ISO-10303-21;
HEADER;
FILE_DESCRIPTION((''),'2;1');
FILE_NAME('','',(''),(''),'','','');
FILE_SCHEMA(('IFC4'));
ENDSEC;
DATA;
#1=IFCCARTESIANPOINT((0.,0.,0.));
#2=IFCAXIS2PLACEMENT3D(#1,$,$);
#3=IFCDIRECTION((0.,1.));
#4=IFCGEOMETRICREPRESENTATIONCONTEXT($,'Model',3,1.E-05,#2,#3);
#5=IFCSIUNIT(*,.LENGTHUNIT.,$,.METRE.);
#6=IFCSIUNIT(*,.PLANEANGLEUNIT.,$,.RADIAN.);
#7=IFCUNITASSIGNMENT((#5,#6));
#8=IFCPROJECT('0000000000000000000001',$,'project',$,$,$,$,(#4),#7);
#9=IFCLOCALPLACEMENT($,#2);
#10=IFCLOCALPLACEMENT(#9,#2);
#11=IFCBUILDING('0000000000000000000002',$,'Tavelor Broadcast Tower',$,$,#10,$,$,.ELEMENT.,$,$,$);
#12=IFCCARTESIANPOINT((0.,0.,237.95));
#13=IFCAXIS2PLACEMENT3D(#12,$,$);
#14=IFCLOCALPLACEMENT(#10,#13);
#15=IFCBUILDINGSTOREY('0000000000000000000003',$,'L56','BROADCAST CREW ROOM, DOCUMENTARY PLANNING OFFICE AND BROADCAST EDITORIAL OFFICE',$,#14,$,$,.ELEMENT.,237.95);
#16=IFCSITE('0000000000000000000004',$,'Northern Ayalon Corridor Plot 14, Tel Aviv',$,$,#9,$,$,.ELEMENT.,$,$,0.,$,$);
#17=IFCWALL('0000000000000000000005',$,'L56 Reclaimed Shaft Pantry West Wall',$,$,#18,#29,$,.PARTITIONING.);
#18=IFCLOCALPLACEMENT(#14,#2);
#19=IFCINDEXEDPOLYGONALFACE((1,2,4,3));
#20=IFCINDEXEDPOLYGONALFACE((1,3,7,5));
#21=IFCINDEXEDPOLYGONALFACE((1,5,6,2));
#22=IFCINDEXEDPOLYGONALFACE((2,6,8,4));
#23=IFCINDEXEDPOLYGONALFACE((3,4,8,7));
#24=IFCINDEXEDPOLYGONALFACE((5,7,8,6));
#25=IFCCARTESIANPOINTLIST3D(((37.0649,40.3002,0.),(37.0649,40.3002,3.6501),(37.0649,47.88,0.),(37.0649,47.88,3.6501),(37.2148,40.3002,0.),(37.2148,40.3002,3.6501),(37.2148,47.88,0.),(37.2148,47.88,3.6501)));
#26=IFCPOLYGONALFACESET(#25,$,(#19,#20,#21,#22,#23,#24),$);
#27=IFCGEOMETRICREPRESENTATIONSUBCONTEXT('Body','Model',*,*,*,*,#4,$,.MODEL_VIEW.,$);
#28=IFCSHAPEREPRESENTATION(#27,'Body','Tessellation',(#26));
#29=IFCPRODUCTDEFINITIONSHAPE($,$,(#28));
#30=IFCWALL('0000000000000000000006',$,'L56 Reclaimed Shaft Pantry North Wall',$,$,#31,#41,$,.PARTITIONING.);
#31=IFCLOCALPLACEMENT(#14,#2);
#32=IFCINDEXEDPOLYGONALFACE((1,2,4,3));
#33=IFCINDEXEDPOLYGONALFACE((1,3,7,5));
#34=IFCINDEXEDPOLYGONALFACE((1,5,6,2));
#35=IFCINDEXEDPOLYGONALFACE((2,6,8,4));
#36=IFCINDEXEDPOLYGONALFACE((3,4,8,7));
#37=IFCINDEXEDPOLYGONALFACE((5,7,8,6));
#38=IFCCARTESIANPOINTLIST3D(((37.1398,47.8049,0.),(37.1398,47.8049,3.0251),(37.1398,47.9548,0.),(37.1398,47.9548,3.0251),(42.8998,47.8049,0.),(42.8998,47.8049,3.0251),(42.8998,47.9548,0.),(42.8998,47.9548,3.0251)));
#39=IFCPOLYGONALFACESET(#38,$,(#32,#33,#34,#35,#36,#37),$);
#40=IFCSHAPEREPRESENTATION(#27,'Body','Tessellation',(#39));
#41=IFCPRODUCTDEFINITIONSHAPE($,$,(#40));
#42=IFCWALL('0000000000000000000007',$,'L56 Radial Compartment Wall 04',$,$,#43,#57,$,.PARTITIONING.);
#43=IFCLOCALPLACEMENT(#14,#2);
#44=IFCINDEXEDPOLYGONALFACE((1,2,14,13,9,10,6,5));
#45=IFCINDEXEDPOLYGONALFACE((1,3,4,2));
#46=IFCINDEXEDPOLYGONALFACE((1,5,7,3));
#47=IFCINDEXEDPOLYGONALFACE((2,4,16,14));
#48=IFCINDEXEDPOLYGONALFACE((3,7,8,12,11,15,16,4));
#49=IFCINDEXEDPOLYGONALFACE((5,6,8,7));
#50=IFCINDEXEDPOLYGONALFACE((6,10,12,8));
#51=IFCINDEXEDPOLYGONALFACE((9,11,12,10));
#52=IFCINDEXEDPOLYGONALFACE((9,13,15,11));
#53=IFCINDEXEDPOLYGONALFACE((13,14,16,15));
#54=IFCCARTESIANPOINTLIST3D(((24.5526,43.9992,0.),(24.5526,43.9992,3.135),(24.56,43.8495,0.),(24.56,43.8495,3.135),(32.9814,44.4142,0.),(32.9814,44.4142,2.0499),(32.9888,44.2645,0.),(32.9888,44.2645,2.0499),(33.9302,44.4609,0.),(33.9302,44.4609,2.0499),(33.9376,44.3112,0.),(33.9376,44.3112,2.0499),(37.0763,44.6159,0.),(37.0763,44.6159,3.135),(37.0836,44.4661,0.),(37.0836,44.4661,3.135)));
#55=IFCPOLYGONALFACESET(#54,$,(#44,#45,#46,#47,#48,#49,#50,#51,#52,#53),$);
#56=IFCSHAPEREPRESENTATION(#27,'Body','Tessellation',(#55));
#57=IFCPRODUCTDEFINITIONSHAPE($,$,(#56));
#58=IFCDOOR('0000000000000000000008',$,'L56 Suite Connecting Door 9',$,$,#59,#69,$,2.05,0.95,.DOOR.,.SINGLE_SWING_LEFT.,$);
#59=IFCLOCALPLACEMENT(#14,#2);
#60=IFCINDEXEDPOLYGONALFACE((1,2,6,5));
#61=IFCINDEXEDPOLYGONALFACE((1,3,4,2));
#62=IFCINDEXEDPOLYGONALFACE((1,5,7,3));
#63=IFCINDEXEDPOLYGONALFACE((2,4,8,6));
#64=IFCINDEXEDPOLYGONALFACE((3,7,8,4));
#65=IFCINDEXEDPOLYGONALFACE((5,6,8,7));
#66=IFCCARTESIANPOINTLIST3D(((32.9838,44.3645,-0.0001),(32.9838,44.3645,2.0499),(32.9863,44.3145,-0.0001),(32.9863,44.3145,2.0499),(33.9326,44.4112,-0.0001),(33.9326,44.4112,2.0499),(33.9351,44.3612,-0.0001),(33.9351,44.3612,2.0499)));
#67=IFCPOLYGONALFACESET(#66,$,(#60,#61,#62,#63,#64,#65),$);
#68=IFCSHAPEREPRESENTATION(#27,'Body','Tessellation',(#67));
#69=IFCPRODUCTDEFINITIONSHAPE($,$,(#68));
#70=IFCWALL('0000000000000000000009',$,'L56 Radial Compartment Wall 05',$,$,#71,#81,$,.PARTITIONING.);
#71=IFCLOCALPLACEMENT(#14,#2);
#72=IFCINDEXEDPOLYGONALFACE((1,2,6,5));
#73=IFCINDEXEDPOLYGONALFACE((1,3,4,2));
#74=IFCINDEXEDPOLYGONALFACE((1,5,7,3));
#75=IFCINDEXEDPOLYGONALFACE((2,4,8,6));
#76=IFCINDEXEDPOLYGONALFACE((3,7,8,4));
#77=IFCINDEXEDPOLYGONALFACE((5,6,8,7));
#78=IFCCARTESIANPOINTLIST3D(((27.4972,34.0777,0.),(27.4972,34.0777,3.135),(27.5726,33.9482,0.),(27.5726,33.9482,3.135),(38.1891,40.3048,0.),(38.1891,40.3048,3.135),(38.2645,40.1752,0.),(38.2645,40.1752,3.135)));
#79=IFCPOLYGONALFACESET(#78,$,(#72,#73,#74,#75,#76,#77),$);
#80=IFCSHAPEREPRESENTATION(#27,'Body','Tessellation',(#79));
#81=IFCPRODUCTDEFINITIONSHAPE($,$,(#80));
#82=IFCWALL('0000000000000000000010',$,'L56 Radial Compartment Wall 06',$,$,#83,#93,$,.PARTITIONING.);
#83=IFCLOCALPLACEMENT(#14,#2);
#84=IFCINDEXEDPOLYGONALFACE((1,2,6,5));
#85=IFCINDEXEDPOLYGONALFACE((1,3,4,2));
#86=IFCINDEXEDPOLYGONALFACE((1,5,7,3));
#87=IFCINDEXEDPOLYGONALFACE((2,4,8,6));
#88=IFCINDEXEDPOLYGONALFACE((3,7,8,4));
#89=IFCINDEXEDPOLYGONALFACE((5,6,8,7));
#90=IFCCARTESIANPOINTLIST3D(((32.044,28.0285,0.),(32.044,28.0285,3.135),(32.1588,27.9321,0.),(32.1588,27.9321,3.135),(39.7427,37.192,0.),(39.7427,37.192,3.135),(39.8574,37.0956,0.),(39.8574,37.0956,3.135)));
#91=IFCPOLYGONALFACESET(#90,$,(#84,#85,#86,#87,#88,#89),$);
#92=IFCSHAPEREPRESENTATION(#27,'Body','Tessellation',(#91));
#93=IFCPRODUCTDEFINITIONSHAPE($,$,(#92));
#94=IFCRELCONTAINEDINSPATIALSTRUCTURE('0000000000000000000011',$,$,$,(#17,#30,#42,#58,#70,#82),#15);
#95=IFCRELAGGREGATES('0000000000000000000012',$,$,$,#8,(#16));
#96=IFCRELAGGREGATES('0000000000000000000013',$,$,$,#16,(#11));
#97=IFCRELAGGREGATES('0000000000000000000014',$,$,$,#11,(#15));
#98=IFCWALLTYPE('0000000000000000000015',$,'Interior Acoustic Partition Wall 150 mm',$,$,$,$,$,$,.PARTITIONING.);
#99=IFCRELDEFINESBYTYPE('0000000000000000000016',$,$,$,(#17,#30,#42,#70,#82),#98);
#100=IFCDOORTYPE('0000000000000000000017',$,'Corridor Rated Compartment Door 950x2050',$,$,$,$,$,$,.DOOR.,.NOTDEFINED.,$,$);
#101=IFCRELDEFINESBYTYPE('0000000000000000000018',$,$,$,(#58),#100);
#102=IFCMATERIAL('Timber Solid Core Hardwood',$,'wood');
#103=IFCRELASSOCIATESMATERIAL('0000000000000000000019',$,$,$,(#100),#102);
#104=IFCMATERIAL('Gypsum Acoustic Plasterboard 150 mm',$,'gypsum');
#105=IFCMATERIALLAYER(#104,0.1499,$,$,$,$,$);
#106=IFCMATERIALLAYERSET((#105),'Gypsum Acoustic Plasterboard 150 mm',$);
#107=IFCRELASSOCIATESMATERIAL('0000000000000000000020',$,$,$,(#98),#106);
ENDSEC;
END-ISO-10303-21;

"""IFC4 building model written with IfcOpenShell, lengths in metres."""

from ifc_helpers import new_model, si_unit, direction, frame, frame_2d, origin, place, context, subcontext, project, spatial, rectangle, extrude, material, layer, layer_set, type_object, element, fill, save


model = new_model("IFC4")

# Units and contexts
model_context = context("Model", 3, precision=1e-05, world=origin(), true_north=direction((0.0, 1.0)))
body_context = subcontext(model_context, "Body", "Model", "MODEL_VIEW")
ifc_project = project(units=[si_unit("LENGTHUNIT", "METRE"), si_unit("PLANEANGLEUNIT", "RADIAN")], contexts=[model_context])

# Site, building, storey
site_placement = place(None, origin())
site = spatial("IfcSite", under=ifc_project, at=site_placement, Name="Northern Ayalon Corridor Plot 14, Tel Aviv", CompositionType="ELEMENT", RefElevation=0.0)
building_placement = place(site_placement, origin())
building = spatial("IfcBuilding", under=site, at=building_placement, Name="Tavelor Broadcast Tower", CompositionType="ELEMENT")
storey_placement = place(building_placement, frame((0.0, 0.0, 237.95)))
storey = spatial("IfcBuildingStorey", under=building, at=storey_placement, Name="L56", Description="BROADCAST CREW ROOM, DOCUMENTARY PLANNING OFFICE AND BROADCAST EDITORIAL OFFICE", CompositionType="ELEMENT", Elevation=237.95)

# Shared definitions
ifc_material_1 = material(Name="Timber Solid Core Hardwood", Category="wood")
door_type_1 = type_object("IfcDoorType", Name="Corridor Rated Compartment Door 950x2050", OperationType="NOTDEFINED", PredefinedType="DOOR", material=ifc_material_1)
ifc_material_2 = material(Name="Gypsum Acoustic Plasterboard 150 mm", Category="gypsum")
ifc_layer_1 = layer(ifc_material_2, 0.1499)
ifc_layer_set_1 = layer_set([ifc_layer_1], Name="Gypsum Acoustic Plasterboard 150 mm")
wall_type_1 = type_object("IfcWallType", Name="Interior Acoustic Partition Wall 150 mm", PredefinedType="PARTITIONING", material=ifc_layer_set_1)

# Walls
wall_1_placement = place(storey_placement, frame((37.1399, 40.3, 0.0), z_axis=(0.0, 0.0, 1.0), x_axis=(0.0, 1.0, 0.0)))
element("IfcWall", 1, at=wall_1_placement, inside=storey, type_object=wall_type_1, Name="L56 Reclaimed Shaft Pantry West Wall", PredefinedType="PARTITIONING", context=body_context, shape_type="SweptSolid", body=[
    extrude(rectangle(XDim=7.5798, YDim=0.1499, at=frame_2d((3.79, 0.0))), origin(), (0.0, 0.0, 1.0), 3.6501),
])
wall_2_placement = place(storey_placement, frame((37.1399, 47.8799, 0.0), z_axis=(0.0, 0.0, 1.0), x_axis=(1.0, 0.0, 0.0)))
element("IfcWall", 2, at=wall_2_placement, inside=storey, type_object=wall_type_1, Name="L56 Reclaimed Shaft Pantry North Wall", PredefinedType="PARTITIONING", context=body_context, shape_type="SweptSolid", body=[
    extrude(rectangle(XDim=5.76, YDim=0.1499, at=frame_2d((2.8799, 0.0))), origin(), (0.0, 0.0, 1.0), 3.0251),
])

# Wall, opening, door
wall_3_placement = place(storey_placement, frame((37.0801, 44.541, 0.0), z_axis=(0.0, 0.0, 1.0), x_axis=(-0.99879, -0.049183, 0.0)))
wall_3 = element("IfcWall", 3, at=wall_3_placement, inside=storey, type_object=wall_type_1, Name="L56 Radial Compartment Wall 04", PredefinedType="PARTITIONING", context=body_context, shape_type="SweptSolid", body=[
    extrude(rectangle(XDim=12.5388, YDim=0.1499, at=frame_2d((6.2695, 0.0))), origin(), (0.0, 0.0, 1.0), 3.135),
])
opening_1_placement = place(wall_3_placement, frame((3.1499, 0.0, 0.0)))
opening_1 = element("IfcOpeningElement", 4, at=opening_1_placement, cuts=wall_3, PredefinedType="OPENING", context=body_context, shape_type="SweptSolid", body=[
    extrude(rectangle(XDim=0.95, YDim=2.05, at=frame_2d((0.4751, 1.0249))), frame((0.0, 0.085, 0.0), z_axis=(0.0, -1.0, 0.0), x_axis=(1.0, 0.0, 0.0)), (0.0, 0.0, 1.0), 0.1699),
])
door_1_placement = place(opening_1_placement, origin())
door_1 = element("IfcDoor", 5, at=door_1_placement, inside=storey, type_object=door_type_1, Name="L56 Suite Connecting Door 9", OperationType="SINGLE_SWING_LEFT", OverallHeight=2.05, OverallWidth=0.95, PredefinedType="DOOR", context=body_context, shape_type="SweptSolid", body=[
    extrude(rectangle(XDim=0.95, YDim=2.05, at=frame_2d((0.4751, 1.0249))), frame((0.0, 0.0249, 0.0), z_axis=(0.0, -1.0, 0.0), x_axis=(1.0, 0.0, 0.0)), (0.0, 0.0, 1.0), 0.05),
])
fill(opening_1, door_1)

# Walls
wall_4_placement = place(storey_placement, frame((38.2268, 40.24, 0.0), z_axis=(0.0, 0.0, 1.0), x_axis=(-0.864127, -0.503275, 0.0)))
element("IfcWall", 6, at=wall_4_placement, inside=storey, type_object=wall_type_1, Name="L56 Radial Compartment Wall 05", PredefinedType="PARTITIONING", context=body_context, shape_type="SweptSolid", body=[
    extrude(rectangle(XDim=12.373, YDim=0.1499, at=frame_2d((6.1865, 0.0))), origin(), (0.0, 0.0, 1.0), 3.135),
])
wall_5_placement = place(storey_placement, frame((39.8, 37.1438, 0.0), z_axis=(0.0, 0.0, 1.0), x_axis=(-0.643257, -0.76565, 0.0)))
element("IfcWall", 7, at=wall_5_placement, inside=storey, type_object=wall_type_1, Name="L56 Radial Compartment Wall 06", PredefinedType="PARTITIONING", context=body_context, shape_type="SweptSolid", body=[
    extrude(rectangle(XDim=11.9683, YDim=0.1499, at=frame_2d((5.9841, 0.0))), origin(), (0.0, 0.0, 1.0), 3.135),
])

save(model, "model.ifc")
